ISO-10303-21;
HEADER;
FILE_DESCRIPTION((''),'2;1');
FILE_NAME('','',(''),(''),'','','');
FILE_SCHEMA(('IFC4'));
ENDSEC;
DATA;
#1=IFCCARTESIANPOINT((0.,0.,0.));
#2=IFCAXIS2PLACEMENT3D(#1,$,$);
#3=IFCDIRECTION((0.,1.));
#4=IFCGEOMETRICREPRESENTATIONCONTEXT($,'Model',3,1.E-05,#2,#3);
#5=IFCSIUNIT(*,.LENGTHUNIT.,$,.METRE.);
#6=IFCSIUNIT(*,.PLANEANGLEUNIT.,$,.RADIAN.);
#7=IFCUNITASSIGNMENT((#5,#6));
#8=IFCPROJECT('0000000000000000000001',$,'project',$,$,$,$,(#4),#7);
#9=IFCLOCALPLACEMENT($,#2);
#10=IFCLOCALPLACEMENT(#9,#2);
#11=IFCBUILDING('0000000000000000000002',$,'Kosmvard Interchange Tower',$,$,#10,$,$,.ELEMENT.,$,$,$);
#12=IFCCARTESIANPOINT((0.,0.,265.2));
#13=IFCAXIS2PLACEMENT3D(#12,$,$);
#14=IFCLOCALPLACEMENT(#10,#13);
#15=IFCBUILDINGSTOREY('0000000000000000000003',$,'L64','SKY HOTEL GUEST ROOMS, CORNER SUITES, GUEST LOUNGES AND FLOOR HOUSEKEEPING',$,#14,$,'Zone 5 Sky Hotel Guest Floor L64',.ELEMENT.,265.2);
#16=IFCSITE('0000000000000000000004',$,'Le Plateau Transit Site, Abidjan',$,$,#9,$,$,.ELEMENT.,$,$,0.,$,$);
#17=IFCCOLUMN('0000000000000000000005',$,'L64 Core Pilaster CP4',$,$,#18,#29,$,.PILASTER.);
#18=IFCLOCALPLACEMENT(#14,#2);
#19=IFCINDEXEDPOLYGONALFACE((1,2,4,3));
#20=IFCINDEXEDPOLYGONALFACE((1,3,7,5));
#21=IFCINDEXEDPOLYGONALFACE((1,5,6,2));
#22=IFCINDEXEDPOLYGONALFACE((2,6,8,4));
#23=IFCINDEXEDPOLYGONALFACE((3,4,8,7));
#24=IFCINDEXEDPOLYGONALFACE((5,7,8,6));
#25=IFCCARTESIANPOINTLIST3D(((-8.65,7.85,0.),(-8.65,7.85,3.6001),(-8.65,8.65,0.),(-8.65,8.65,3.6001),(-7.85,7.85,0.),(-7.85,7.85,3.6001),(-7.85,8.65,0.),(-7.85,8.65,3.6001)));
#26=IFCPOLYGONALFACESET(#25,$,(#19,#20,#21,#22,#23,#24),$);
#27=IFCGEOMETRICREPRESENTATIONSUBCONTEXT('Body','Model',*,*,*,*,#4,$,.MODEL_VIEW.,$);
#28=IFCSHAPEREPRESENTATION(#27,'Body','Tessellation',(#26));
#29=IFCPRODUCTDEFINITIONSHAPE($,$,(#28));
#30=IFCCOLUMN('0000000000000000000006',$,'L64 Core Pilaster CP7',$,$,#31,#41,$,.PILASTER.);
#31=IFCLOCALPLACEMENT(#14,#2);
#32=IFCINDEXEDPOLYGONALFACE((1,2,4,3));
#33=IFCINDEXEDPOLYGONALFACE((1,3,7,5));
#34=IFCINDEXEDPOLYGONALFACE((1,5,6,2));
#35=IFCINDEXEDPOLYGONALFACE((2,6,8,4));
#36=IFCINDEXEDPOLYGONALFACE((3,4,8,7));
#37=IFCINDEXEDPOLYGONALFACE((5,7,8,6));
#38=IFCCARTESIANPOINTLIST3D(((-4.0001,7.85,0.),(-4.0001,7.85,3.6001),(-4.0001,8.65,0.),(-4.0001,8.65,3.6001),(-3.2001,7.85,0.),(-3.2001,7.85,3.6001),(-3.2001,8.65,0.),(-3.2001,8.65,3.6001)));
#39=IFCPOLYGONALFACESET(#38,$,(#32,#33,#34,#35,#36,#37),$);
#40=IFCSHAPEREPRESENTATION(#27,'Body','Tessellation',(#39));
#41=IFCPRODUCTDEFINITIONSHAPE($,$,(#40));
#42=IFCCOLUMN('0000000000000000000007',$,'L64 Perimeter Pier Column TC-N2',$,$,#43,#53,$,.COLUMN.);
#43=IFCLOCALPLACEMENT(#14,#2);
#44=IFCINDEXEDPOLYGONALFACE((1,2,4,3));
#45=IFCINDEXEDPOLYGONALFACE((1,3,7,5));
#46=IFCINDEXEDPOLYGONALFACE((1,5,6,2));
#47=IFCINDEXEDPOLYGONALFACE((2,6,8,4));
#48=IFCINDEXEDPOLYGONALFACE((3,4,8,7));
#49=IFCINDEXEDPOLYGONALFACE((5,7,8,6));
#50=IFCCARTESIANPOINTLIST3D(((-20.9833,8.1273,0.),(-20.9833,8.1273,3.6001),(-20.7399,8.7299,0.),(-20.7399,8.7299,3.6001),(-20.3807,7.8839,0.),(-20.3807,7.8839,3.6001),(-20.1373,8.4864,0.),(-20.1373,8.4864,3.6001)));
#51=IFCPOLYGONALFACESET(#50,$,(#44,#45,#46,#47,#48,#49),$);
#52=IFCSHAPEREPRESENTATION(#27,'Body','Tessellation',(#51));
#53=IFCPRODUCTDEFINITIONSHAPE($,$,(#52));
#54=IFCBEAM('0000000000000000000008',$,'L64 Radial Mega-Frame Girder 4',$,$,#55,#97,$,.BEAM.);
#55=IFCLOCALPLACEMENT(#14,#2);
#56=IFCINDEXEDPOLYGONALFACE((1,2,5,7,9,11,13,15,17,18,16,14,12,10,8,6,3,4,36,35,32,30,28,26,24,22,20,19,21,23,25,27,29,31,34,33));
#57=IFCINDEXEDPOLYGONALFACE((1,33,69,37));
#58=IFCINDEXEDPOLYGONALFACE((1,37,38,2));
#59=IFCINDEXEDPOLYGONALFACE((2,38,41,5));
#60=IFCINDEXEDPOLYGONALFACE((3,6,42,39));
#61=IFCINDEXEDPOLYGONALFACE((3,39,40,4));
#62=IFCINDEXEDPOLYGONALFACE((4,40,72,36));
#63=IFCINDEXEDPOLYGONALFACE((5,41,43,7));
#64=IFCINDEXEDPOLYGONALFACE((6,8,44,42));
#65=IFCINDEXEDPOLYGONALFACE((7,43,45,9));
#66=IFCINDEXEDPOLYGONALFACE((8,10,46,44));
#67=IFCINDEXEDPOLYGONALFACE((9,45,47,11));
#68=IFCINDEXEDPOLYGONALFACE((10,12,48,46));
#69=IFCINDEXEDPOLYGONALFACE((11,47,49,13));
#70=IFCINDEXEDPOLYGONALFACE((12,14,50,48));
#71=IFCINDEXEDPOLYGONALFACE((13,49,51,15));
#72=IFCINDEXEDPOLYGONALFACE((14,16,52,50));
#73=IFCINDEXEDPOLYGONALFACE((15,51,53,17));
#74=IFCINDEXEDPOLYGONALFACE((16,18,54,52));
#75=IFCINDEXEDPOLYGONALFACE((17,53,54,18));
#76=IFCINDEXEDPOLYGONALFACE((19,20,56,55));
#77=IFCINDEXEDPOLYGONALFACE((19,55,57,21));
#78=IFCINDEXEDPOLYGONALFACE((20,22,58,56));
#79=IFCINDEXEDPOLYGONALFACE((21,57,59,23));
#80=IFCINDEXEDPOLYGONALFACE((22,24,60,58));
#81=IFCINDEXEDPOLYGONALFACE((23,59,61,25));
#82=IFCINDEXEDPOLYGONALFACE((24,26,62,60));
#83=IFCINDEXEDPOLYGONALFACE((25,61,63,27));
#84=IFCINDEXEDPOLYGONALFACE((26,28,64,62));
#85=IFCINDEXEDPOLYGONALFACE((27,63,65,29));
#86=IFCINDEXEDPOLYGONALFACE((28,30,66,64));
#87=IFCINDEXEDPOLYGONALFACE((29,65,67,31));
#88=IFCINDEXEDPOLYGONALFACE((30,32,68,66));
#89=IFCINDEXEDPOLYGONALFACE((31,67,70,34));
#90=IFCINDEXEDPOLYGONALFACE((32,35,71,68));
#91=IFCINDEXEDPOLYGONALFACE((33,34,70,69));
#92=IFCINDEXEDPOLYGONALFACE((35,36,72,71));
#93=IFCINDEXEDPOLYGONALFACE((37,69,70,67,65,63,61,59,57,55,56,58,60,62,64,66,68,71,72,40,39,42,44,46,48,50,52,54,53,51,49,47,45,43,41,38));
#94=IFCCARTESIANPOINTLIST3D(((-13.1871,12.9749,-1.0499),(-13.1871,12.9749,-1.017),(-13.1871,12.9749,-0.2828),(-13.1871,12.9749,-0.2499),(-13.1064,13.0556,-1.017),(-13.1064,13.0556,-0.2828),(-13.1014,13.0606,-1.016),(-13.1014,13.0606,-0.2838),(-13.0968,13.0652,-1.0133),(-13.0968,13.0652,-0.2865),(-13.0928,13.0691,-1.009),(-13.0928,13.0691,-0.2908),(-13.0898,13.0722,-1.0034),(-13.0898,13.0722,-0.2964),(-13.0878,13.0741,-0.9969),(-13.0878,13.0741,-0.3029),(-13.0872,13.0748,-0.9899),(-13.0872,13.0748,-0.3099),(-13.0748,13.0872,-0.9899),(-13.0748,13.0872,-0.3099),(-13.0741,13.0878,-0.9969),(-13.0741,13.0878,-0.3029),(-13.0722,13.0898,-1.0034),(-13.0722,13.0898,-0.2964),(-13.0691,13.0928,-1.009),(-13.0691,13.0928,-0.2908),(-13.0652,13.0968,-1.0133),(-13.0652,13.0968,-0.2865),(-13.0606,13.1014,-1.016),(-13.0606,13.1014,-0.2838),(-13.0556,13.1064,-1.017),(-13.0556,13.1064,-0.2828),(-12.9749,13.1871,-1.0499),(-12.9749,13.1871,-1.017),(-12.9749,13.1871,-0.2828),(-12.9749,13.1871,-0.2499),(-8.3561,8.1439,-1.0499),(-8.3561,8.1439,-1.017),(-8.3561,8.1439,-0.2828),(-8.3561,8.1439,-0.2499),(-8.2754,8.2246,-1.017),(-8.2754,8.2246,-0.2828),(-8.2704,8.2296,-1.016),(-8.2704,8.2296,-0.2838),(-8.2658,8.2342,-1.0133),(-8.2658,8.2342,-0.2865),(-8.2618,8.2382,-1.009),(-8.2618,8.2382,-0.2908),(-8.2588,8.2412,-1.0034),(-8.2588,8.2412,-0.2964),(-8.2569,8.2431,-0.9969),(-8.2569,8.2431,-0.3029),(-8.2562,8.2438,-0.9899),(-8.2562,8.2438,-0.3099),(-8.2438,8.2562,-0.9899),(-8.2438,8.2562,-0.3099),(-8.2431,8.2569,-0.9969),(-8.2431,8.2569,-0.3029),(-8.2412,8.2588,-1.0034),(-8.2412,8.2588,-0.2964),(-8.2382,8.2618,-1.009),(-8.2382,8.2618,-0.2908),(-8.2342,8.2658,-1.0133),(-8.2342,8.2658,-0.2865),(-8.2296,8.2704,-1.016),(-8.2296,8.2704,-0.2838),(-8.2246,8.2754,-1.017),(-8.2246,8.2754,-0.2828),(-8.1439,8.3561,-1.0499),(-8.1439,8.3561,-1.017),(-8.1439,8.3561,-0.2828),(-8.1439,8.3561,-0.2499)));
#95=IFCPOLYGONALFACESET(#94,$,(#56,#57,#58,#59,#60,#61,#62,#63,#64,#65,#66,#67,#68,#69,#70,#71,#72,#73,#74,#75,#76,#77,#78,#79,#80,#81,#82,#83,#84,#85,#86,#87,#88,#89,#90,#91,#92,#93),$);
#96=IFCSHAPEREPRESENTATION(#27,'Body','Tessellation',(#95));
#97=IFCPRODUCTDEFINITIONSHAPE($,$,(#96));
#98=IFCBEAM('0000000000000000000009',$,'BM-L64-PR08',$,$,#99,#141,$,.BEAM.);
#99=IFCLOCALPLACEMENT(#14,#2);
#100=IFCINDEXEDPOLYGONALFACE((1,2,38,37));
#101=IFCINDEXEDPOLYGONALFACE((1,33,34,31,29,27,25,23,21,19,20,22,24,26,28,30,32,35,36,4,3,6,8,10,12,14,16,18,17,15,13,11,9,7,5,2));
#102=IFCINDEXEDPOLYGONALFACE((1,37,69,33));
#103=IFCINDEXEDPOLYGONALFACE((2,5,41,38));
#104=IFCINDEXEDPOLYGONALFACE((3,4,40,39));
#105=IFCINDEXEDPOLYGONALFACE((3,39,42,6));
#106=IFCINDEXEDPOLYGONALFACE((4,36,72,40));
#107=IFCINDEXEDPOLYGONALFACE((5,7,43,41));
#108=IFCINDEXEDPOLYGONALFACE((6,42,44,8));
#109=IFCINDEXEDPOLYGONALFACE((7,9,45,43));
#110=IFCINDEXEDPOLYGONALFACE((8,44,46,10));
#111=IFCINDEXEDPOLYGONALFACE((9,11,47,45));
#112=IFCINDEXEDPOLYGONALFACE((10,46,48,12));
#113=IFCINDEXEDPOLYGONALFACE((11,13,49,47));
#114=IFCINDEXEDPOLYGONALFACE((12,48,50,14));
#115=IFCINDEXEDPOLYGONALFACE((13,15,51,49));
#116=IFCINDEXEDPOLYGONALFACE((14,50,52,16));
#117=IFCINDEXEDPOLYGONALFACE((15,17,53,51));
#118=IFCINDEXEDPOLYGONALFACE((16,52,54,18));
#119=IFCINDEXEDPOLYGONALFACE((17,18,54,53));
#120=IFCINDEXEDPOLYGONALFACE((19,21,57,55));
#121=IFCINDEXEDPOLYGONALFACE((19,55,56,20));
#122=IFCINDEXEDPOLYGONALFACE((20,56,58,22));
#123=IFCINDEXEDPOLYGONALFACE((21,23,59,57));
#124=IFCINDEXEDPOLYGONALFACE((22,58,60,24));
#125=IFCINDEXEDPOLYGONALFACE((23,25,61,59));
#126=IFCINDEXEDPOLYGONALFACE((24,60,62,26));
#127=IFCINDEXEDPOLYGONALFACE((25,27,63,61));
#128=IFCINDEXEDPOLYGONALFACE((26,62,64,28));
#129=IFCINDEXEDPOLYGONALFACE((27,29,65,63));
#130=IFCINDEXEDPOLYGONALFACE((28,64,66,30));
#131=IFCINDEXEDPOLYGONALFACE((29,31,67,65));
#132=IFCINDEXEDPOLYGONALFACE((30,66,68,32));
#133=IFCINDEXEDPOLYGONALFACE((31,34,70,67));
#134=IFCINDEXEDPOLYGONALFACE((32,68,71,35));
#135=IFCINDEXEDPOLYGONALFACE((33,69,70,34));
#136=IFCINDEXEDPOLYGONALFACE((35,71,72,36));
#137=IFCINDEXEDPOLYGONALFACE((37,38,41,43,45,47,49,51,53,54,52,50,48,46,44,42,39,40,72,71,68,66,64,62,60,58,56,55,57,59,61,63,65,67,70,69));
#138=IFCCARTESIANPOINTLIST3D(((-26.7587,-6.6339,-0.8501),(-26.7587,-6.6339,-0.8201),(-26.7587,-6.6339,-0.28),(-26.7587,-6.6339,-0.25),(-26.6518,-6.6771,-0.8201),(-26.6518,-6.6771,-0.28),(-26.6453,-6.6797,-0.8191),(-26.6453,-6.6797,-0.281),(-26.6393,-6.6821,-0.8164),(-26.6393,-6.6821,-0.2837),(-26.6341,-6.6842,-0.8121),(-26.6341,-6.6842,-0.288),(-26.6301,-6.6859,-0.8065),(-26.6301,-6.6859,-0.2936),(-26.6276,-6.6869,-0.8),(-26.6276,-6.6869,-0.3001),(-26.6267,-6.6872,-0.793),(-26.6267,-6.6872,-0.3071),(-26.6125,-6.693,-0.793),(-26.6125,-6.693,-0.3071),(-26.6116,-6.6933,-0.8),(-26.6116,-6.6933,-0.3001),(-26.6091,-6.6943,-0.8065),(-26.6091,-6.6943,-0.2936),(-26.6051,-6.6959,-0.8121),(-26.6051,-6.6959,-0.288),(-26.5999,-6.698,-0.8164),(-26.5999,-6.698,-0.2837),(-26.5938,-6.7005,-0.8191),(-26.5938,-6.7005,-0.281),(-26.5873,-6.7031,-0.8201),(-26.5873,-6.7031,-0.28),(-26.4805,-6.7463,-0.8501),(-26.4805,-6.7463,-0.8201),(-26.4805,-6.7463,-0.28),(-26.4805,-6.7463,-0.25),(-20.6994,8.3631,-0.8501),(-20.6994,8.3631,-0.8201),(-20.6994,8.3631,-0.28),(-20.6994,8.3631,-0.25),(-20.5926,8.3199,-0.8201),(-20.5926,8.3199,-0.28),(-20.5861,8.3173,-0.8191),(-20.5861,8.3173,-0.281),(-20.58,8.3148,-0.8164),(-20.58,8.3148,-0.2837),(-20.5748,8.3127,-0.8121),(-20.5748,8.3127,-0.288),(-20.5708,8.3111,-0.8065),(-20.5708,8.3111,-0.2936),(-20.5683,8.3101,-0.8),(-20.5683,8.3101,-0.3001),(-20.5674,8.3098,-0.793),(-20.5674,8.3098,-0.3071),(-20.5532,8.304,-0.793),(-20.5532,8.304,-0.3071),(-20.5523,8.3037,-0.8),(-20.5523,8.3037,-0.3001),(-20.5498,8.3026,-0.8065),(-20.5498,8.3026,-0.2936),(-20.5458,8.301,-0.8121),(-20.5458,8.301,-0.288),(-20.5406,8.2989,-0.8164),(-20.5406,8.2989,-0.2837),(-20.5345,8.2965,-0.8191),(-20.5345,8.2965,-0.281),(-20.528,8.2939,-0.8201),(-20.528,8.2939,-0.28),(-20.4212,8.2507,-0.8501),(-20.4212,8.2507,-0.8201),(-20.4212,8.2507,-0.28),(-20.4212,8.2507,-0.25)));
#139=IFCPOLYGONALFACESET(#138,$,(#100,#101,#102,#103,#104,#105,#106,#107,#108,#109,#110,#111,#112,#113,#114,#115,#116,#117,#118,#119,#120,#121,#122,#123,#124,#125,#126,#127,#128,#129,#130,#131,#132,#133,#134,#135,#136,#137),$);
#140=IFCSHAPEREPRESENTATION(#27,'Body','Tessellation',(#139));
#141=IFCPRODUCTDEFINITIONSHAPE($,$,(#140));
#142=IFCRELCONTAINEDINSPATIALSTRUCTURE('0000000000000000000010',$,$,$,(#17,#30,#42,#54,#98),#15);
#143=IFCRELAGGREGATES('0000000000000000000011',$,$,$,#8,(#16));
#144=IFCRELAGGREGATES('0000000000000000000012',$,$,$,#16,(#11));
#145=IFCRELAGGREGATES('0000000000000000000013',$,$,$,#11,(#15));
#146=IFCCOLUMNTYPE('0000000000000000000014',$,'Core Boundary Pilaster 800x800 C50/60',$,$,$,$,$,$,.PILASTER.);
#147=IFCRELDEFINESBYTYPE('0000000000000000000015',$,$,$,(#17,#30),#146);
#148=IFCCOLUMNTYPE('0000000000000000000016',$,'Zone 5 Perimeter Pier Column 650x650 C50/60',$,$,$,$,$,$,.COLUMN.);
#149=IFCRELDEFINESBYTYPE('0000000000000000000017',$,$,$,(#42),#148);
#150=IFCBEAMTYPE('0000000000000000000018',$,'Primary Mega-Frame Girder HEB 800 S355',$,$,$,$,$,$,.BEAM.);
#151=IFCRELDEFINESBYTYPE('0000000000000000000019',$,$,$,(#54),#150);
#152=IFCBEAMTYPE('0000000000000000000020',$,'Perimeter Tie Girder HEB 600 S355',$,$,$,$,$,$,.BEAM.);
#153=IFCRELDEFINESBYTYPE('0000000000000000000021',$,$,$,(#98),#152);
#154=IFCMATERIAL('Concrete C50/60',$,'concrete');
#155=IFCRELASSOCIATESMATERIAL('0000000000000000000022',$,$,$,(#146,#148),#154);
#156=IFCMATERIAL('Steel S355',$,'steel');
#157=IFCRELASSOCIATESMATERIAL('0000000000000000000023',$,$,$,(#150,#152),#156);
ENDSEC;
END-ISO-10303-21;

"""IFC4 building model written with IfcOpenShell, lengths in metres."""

from ifc_helpers import new_model, si_unit, direction, frame, origin, origin_2d, place, context, subcontext, project, spatial, rectangle, i_section, extrude, source, transform, mapped, material, material_profile, profile_set, type_object, element, save


model = new_model("IFC4")

# Units and contexts
model_context = context("Model", 3, precision=1e-05, world=origin(), true_north=direction((0.0, 1.0)))
body_context = subcontext(model_context, "Body", "Model", "MODEL_VIEW")
ifc_project = project(units=[si_unit("LENGTHUNIT", "METRE"), si_unit("PLANEANGLEUNIT", "RADIAN")], contexts=[model_context])

# Site, building, storey
site_placement = place(None, origin())
site = spatial("IfcSite", under=ifc_project, at=site_placement, Name="Le Plateau Transit Site, Abidjan", CompositionType="ELEMENT", RefElevation=0.0)
building_placement = place(site_placement, origin())
building = spatial("IfcBuilding", under=site, at=building_placement, Name="Kosmvard Interchange Tower", CompositionType="ELEMENT")
storey_placement = place(building_placement, frame((0.0, 0.0, 265.2)))
storey = spatial("IfcBuildingStorey", under=building, at=storey_placement, Name="L64", Description="SKY HOTEL GUEST ROOMS, CORNER SUITES, GUEST LOUNGES AND FLOOR HOUSEKEEPING", LongName="Zone 5 Sky Hotel Guest Floor L64", CompositionType="ELEMENT", Elevation=265.2)

# Columns
ifc_material_1 = material(Name="Concrete C50/60", Category="concrete")
ifc_material_profile_1 = material_profile(ifc_material_1, rectangle(XDim=0.8, YDim=0.8, at=origin_2d()), Name="CP 800x800")
ifc_profile_set_1 = profile_set([ifc_material_profile_1], Name="Concrete C50/60")
column_type_1 = type_object("IfcColumnType", Name="Core Boundary Pilaster 800x800 C50/60", PredefinedType="PILASTER", material=ifc_profile_set_1)
shared_shape_1 = source(origin(), body_context, "Body", "SweptSolid", [
    extrude(rectangle(XDim=0.8, YDim=0.8, at=origin_2d()), origin(), (0.0, 0.0, 1.0), 3.6001),
])
for number, where, z_axis, x_axis, name in (
    (1, (-8.25, 8.25, 0.0), (0.0, 0.0, 1.0), (1.0, 0.0, 0.0), "L64 Core Pilaster CP4"),
    (2, (-3.6001, 8.25, 0.0), (0.0, 0.0, 1.0), (1.0, 0.0, 0.0), "L64 Core Pilaster CP7"),
):
    element("IfcColumn", number, at=place(storey_placement, frame(where, z_axis=z_axis, x_axis=x_axis)), inside=storey, type_object=column_type_1, Name=name, PredefinedType="PILASTER", context=body_context, shape_type="MappedRepresentation", body=[
        mapped(shared_shape_1, transform((0.0, 0.0, 0.0), scale=1.0)),
    ])
ifc_material_profile_2 = material_profile(ifc_material_1, rectangle(XDim=0.6499, YDim=0.6499, at=origin_2d()), Name="TC 650x650")
ifc_profile_set_2 = profile_set([ifc_material_profile_2], Name="Concrete C50/60")
column_type_2 = type_object("IfcColumnType", Name="Zone 5 Perimeter Pier Column 650x650 C50/60", PredefinedType="COLUMN", material=ifc_profile_set_2)
shared_shape_2 = source(origin(), body_context, "Body", "SweptSolid", [
    extrude(rectangle(XDim=0.6499, YDim=0.6499, at=origin_2d()), origin(), (0.0, 0.0, 1.0), 3.6001),
])
column_placement = place(storey_placement, frame((-20.5603, 8.3069, 0.0), z_axis=(0.0, 0.0, 1.0), x_axis=(0.374607, 0.927184, 0.0)))
element("IfcColumn", 3, at=column_placement, inside=storey, type_object=column_type_2, Name="L64 Perimeter Pier Column TC-N2", PredefinedType="COLUMN", context=body_context, shape_type="MappedRepresentation", body=[
    mapped(shared_shape_2, transform((0.0, 0.0, 0.0), scale=1.0)),
])

# Beams
ifc_material_2 = material(Name="Steel S355", Category="steel")
ifc_material_profile_3 = material_profile(ifc_material_2, i_section(OverallWidth=0.3, OverallDepth=0.8, WebThickness=0.0176, FlangeThickness=0.033, FilletRadius=0.0271, at=origin_2d()), Name="HEB 800")
ifc_profile_set_3 = profile_set([ifc_material_profile_3], Name="Steel S355")
beam_type_1 = type_object("IfcBeamType", Name="Primary Mega-Frame Girder HEB 800 S355", PredefinedType="BEAM", material=ifc_profile_set_3)
shared_shape_3 = source(origin(), body_context, "Body", "SweptSolid", [
    extrude(i_section(OverallWidth=0.3, OverallDepth=0.8, WebThickness=0.0176, FlangeThickness=0.033, FilletRadius=0.0271, at=origin_2d()), origin(), (0.0, 0.0, 1.0), 6.832),
])
beam_1_placement = place(storey_placement, frame((-8.25, 8.25, -0.6499), z_axis=(-0.707107, 0.707107, 0.0), x_axis=(-0.707107, -0.707107, 0.0)))
element("IfcBeam", 4, at=beam_1_placement, inside=storey, type_object=beam_type_1, Name="L64 Radial Mega-Frame Girder 4", PredefinedType="BEAM", context=body_context, shape_type="MappedRepresentation", body=[
    mapped(shared_shape_3, transform((0.0, 0.0, 0.0), scale=1.0)),
])
ifc_material_profile_4 = material_profile(ifc_material_2, i_section(OverallWidth=0.3, OverallDepth=0.6001, WebThickness=0.0154, FlangeThickness=0.03, FilletRadius=0.0271, at=origin_2d()), Name="HEB 600")
ifc_profile_set_4 = profile_set([ifc_material_profile_4], Name="Steel S355")
beam_type_2 = type_object("IfcBeamType", Name="Perimeter Tie Girder HEB 600 S355", PredefinedType="BEAM", material=ifc_profile_set_4)
shared_shape_4 = source(origin(), body_context, "Body", "SweptSolid", [
    extrude(i_section(OverallWidth=0.3, OverallDepth=0.6001, WebThickness=0.0154, FlangeThickness=0.03, FilletRadius=0.0271, at=origin_2d()), origin(), (0.0, 0.0, 1.0), 16.1748),
])
beam_2_placement = place(storey_placement, frame((-20.5603, 8.3069, -0.55), z_axis=(-0.374613, -0.927181, 0.0), x_axis=(0.927181, -0.374613, 0.0)))
element("IfcBeam", 5, at=beam_2_placement, inside=storey, type_object=beam_type_2, Name="BM-L64-PR08", PredefinedType="BEAM", context=body_context, shape_type="MappedRepresentation", body=[
    mapped(shared_shape_4, transform((0.0, 0.0, 0.0), scale=1.0)),
])

save(model, "model.ifc")
